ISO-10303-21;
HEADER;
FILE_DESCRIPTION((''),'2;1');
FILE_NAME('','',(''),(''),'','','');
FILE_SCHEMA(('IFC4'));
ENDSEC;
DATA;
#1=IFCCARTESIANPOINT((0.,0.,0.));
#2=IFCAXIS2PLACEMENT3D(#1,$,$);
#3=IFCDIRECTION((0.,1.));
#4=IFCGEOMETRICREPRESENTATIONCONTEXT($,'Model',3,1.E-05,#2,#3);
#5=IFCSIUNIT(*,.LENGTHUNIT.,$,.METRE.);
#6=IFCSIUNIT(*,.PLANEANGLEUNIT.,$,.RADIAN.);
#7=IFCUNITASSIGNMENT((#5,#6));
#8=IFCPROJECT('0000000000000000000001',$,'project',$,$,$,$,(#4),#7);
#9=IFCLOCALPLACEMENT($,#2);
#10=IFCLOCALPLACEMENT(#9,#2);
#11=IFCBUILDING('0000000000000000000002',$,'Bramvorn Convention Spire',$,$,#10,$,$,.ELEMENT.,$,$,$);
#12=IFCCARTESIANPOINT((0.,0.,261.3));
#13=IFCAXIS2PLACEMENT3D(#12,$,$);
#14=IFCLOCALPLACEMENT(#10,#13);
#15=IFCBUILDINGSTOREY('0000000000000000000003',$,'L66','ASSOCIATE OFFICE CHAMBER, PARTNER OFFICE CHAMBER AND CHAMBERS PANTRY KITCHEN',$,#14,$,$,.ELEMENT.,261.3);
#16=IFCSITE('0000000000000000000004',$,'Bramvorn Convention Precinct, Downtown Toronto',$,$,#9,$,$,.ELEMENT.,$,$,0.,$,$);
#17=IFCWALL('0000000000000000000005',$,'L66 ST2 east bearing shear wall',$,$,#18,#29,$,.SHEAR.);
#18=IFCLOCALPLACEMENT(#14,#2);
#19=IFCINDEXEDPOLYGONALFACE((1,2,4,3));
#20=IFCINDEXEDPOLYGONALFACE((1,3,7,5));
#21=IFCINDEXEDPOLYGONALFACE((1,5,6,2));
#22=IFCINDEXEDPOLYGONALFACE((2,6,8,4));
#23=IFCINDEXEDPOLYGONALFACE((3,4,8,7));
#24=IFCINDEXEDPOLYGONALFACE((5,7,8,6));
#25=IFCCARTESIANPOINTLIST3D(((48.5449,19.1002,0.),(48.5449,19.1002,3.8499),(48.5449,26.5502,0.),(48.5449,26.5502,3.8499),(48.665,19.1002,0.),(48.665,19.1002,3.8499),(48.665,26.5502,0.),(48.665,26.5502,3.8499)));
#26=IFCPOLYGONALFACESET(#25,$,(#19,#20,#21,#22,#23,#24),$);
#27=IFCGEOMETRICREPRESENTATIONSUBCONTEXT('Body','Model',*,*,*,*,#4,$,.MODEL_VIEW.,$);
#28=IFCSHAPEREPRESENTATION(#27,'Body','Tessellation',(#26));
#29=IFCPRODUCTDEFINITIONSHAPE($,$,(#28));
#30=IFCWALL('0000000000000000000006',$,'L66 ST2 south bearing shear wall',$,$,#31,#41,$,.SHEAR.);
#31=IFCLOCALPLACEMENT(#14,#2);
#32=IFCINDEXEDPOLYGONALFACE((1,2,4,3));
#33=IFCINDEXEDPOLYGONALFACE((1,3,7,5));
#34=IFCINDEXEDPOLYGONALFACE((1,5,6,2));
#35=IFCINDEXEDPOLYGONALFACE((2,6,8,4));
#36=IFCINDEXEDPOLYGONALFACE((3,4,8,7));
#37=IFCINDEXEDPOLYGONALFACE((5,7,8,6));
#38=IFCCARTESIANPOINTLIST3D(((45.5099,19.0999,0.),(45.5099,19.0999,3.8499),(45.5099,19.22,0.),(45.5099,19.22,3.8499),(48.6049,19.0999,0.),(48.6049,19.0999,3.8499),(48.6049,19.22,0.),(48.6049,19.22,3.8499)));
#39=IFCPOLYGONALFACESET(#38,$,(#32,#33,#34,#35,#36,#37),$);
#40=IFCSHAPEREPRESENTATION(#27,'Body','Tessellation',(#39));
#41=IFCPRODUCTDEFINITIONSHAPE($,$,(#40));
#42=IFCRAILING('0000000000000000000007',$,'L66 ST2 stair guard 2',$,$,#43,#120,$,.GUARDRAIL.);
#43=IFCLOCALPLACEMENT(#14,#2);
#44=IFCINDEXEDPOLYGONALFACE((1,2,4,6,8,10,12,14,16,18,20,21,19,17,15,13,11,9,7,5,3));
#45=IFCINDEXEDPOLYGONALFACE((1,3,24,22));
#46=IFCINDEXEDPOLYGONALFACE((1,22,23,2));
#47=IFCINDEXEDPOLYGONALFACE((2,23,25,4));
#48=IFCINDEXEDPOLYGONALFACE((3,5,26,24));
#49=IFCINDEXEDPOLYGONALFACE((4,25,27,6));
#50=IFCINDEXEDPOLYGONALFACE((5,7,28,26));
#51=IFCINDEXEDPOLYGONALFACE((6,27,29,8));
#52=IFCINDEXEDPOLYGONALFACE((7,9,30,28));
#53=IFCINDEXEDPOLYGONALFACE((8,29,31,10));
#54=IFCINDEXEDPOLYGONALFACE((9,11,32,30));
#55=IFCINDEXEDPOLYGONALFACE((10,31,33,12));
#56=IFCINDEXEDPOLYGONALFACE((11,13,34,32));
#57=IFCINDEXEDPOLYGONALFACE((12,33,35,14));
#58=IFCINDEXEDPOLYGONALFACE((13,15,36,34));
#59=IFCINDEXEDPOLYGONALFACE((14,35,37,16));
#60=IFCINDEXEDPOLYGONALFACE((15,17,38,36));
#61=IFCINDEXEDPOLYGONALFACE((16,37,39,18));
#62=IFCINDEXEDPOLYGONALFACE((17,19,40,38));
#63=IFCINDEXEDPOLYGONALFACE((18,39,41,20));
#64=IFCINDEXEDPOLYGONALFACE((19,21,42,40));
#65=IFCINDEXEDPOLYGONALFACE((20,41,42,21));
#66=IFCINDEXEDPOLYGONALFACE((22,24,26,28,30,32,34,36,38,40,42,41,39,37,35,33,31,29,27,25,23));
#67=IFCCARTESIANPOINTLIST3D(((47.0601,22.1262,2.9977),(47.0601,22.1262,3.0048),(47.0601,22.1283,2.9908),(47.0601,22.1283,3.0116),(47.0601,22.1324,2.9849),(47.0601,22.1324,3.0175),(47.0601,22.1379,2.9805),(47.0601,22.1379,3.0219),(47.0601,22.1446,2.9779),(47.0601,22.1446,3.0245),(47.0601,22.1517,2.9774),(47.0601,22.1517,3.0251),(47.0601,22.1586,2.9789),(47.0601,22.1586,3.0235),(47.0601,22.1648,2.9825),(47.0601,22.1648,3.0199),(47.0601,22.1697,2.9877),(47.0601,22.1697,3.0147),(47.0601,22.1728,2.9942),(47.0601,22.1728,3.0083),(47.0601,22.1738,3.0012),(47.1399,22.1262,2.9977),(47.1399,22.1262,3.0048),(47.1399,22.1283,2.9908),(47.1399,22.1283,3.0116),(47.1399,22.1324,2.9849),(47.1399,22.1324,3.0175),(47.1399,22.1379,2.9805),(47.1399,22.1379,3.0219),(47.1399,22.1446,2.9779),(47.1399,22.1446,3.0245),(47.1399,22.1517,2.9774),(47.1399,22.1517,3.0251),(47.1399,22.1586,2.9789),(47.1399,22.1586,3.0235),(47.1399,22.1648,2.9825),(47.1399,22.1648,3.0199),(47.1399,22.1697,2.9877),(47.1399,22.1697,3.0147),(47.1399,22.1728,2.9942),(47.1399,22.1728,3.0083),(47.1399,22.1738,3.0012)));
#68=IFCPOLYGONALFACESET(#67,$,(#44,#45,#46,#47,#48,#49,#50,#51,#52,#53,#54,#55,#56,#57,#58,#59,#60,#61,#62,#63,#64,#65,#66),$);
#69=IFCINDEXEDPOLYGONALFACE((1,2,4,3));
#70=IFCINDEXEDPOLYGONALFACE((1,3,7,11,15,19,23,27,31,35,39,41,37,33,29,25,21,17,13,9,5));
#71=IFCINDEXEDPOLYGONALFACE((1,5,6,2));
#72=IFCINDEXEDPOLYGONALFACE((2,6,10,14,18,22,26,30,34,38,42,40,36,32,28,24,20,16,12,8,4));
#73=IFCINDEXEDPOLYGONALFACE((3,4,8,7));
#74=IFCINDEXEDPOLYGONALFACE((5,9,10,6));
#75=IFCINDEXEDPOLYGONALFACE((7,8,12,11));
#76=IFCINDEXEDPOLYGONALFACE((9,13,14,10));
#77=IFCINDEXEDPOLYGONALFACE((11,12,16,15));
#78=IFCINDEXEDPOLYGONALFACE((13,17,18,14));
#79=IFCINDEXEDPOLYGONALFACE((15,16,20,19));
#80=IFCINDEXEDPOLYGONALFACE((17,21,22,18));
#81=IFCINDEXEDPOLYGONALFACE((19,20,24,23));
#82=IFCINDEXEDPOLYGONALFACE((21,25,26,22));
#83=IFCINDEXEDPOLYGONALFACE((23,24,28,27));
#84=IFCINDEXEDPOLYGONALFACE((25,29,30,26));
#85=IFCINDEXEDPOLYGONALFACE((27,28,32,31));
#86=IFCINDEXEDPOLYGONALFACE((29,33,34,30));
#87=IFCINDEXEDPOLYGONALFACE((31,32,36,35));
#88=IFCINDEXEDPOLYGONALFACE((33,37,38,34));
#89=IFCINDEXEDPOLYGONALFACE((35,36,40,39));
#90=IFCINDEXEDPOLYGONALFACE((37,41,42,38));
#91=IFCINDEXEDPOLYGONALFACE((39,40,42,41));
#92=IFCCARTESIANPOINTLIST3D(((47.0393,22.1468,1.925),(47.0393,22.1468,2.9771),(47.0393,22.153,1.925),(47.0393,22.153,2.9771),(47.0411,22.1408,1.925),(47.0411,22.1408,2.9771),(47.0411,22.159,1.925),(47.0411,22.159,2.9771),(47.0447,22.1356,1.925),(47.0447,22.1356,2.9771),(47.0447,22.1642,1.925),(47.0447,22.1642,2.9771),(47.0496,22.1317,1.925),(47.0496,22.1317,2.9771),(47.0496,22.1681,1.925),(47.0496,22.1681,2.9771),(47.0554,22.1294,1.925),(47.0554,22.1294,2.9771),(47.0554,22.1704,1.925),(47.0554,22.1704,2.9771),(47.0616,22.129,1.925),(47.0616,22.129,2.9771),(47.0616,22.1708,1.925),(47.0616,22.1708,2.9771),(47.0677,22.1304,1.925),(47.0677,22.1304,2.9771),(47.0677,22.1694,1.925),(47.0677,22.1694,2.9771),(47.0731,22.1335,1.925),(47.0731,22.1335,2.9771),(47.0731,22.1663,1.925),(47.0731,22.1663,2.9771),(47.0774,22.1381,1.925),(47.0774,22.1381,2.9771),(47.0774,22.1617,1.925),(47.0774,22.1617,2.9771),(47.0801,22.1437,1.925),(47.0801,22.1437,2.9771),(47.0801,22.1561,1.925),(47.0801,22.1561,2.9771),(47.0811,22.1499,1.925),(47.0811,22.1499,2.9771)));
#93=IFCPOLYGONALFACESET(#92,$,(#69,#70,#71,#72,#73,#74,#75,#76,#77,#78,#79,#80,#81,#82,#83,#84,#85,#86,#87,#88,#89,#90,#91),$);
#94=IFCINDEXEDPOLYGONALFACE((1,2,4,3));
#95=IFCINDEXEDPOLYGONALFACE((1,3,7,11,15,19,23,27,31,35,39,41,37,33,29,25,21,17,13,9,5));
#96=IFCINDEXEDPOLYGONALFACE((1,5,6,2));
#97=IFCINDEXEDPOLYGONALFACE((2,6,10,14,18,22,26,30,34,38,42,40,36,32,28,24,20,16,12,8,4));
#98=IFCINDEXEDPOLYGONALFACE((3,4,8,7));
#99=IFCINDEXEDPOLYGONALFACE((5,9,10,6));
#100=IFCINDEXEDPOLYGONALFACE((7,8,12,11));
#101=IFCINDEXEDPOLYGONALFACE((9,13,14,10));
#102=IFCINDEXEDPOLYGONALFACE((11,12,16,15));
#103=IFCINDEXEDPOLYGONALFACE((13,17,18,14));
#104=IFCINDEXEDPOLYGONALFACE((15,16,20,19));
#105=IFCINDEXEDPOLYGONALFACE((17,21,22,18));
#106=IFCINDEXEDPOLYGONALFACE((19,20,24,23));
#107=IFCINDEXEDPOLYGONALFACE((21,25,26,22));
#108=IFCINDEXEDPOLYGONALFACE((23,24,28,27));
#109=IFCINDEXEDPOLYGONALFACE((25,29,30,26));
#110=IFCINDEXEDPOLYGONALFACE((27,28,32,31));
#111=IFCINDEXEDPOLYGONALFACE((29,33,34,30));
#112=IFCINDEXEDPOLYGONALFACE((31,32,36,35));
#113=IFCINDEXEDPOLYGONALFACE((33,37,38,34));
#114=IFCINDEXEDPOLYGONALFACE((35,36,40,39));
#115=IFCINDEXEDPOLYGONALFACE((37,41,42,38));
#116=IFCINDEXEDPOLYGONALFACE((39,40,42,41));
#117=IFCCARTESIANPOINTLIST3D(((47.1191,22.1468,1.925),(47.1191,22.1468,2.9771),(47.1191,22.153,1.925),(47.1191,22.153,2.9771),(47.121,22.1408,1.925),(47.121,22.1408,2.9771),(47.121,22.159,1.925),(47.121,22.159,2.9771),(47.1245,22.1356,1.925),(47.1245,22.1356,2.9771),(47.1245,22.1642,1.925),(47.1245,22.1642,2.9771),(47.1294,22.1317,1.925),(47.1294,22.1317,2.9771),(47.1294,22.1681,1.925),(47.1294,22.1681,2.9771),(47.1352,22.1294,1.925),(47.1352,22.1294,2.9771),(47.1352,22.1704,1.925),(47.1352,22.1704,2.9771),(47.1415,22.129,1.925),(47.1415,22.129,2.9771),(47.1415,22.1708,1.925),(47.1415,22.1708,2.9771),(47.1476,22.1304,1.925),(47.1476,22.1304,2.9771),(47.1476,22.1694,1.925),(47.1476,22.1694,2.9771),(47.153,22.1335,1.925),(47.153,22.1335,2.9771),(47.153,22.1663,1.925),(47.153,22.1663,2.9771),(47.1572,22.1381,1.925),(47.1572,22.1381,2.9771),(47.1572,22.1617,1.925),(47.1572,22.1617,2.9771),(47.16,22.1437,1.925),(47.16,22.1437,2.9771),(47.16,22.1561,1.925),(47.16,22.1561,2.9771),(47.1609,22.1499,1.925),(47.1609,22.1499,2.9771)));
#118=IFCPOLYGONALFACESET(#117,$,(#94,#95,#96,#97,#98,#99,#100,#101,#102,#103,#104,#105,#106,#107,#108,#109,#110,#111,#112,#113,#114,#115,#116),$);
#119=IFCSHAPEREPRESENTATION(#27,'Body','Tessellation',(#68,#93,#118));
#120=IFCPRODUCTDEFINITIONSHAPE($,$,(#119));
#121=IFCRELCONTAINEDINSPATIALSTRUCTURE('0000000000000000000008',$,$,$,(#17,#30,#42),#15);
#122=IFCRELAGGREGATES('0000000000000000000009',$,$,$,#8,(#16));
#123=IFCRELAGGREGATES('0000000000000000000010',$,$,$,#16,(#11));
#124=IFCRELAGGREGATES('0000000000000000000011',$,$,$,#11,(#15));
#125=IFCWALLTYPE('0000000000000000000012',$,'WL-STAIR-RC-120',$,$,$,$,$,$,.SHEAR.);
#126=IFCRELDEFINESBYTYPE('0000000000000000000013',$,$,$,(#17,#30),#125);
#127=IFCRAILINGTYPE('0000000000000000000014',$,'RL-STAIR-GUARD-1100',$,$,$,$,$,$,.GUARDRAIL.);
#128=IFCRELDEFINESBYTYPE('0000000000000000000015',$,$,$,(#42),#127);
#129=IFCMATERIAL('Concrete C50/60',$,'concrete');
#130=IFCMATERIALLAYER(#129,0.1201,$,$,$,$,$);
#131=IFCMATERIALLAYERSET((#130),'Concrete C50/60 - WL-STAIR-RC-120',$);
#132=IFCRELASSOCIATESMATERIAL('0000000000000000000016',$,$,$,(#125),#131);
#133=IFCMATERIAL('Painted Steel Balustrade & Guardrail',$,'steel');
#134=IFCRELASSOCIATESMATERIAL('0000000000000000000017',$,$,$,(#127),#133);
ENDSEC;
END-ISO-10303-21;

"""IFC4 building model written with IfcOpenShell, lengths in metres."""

from ifc_helpers import new_model, si_unit, direction, frame, frame_2d, origin, origin_2d, place, context, subcontext, project, spatial, rectangle, circle, extrude, material, layer, layer_set, type_object, element, save


model = new_model("IFC4")

# Units and contexts
model_context = context("Model", 3, precision=1e-05, world=origin(), true_north=direction((0.0, 1.0)))
body_context = subcontext(model_context, "Body", "Model", "MODEL_VIEW")
ifc_project = project(units=[si_unit("LENGTHUNIT", "METRE"), si_unit("PLANEANGLEUNIT", "RADIAN")], contexts=[model_context])

# Site, building, storey
site_placement = place(None, origin())
site = spatial("IfcSite", under=ifc_project, at=site_placement, Name="Bramvorn Convention Precinct, Downtown Toronto", CompositionType="ELEMENT", RefElevation=0.0)
building_placement = place(site_placement, origin())
building = spatial("IfcBuilding", under=site, at=building_placement, Name="Bramvorn Convention Spire", CompositionType="ELEMENT")
storey_placement = place(building_placement, frame((0.0, 0.0, 261.3)))
storey = spatial("IfcBuildingStorey", under=building, at=storey_placement, Name="L66", Description="ASSOCIATE OFFICE CHAMBER, PARTNER OFFICE CHAMBER AND CHAMBERS PANTRY KITCHEN", CompositionType="ELEMENT", Elevation=261.3)

# Shared definitions
ifc_material_1 = material(Name="Concrete C50/60", Category="concrete")

# Walls
ifc_layer_1 = layer(ifc_material_1, 0.1201)
ifc_layer_set_1 = layer_set([ifc_layer_1], Name="Concrete C50/60 - WL-STAIR-RC-120")
wall_type_1 = type_object("IfcWallType", Name="WL-STAIR-RC-120", PredefinedType="SHEAR", material=ifc_layer_set_1)
wall_1_placement = place(storey_placement, frame((48.605, 19.1001, 0.0), z_axis=(0.0, 0.0, 1.0), x_axis=(0.0, 1.0, 0.0)))
element("IfcWall", 1, at=wall_1_placement, inside=storey, type_object=wall_type_1, Name="L66 ST2 east bearing shear wall", PredefinedType="SHEAR", context=body_context, shape_type="SweptSolid", body=[
    extrude(rectangle(XDim=7.45, YDim=0.1201, at=frame_2d((3.7251, 0.0))), origin(), (0.0, 0.0, 1.0), 3.8499),
])
wall_2_placement = place(storey_placement, frame((45.51, 19.1599, 0.0), z_axis=(0.0, 0.0, 1.0), x_axis=(1.0, 0.0, 0.0)))
element("IfcWall", 2, at=wall_2_placement, inside=storey, type_object=wall_type_1, Name="L66 ST2 south bearing shear wall", PredefinedType="SHEAR", context=body_context, shape_type="SweptSolid", body=[
    extrude(rectangle(XDim=3.095, YDim=0.1201, at=frame_2d((1.5474, 0.0))), origin(), (0.0, 0.0, 1.0), 3.8499),
])

# Railing
ifc_material_2 = material(Name="Painted Steel Balustrade & Guardrail", Category="steel")
railing_type = type_object("IfcRailingType", Name="RL-STAIR-GUARD-1100", PredefinedType="GUARDRAIL", material=ifc_material_2)
railing_1_placement = place(storey_placement, frame((47.0601, 22.1499, 1.925)))
element("IfcRailing", 3, at=railing_1_placement, inside=storey, type_object=railing_type, Name="L66 ST2 stair guard 2", PredefinedType="GUARDRAIL", context=body_context, shape_type="SweptSolid", body=[
    extrude(circle(Radius=0.0239, at=origin_2d()), frame((0.0, 0.0, 1.0762), z_axis=(1.0, 0.0, 0.0), x_axis=(0.0, 1.0, 0.0)), (0.0, 0.0, 1.0), 0.0798),
    extrude(circle(Radius=0.021, at=origin_2d()), origin(), (0.0, 0.0, 1.0), 1.052),
    extrude(circle(Radius=0.021, at=origin_2d()), frame((0.0798, 0.0, 0.0)), (0.0, 0.0, 1.0), 1.052),
])

save(model, "model.ifc")
